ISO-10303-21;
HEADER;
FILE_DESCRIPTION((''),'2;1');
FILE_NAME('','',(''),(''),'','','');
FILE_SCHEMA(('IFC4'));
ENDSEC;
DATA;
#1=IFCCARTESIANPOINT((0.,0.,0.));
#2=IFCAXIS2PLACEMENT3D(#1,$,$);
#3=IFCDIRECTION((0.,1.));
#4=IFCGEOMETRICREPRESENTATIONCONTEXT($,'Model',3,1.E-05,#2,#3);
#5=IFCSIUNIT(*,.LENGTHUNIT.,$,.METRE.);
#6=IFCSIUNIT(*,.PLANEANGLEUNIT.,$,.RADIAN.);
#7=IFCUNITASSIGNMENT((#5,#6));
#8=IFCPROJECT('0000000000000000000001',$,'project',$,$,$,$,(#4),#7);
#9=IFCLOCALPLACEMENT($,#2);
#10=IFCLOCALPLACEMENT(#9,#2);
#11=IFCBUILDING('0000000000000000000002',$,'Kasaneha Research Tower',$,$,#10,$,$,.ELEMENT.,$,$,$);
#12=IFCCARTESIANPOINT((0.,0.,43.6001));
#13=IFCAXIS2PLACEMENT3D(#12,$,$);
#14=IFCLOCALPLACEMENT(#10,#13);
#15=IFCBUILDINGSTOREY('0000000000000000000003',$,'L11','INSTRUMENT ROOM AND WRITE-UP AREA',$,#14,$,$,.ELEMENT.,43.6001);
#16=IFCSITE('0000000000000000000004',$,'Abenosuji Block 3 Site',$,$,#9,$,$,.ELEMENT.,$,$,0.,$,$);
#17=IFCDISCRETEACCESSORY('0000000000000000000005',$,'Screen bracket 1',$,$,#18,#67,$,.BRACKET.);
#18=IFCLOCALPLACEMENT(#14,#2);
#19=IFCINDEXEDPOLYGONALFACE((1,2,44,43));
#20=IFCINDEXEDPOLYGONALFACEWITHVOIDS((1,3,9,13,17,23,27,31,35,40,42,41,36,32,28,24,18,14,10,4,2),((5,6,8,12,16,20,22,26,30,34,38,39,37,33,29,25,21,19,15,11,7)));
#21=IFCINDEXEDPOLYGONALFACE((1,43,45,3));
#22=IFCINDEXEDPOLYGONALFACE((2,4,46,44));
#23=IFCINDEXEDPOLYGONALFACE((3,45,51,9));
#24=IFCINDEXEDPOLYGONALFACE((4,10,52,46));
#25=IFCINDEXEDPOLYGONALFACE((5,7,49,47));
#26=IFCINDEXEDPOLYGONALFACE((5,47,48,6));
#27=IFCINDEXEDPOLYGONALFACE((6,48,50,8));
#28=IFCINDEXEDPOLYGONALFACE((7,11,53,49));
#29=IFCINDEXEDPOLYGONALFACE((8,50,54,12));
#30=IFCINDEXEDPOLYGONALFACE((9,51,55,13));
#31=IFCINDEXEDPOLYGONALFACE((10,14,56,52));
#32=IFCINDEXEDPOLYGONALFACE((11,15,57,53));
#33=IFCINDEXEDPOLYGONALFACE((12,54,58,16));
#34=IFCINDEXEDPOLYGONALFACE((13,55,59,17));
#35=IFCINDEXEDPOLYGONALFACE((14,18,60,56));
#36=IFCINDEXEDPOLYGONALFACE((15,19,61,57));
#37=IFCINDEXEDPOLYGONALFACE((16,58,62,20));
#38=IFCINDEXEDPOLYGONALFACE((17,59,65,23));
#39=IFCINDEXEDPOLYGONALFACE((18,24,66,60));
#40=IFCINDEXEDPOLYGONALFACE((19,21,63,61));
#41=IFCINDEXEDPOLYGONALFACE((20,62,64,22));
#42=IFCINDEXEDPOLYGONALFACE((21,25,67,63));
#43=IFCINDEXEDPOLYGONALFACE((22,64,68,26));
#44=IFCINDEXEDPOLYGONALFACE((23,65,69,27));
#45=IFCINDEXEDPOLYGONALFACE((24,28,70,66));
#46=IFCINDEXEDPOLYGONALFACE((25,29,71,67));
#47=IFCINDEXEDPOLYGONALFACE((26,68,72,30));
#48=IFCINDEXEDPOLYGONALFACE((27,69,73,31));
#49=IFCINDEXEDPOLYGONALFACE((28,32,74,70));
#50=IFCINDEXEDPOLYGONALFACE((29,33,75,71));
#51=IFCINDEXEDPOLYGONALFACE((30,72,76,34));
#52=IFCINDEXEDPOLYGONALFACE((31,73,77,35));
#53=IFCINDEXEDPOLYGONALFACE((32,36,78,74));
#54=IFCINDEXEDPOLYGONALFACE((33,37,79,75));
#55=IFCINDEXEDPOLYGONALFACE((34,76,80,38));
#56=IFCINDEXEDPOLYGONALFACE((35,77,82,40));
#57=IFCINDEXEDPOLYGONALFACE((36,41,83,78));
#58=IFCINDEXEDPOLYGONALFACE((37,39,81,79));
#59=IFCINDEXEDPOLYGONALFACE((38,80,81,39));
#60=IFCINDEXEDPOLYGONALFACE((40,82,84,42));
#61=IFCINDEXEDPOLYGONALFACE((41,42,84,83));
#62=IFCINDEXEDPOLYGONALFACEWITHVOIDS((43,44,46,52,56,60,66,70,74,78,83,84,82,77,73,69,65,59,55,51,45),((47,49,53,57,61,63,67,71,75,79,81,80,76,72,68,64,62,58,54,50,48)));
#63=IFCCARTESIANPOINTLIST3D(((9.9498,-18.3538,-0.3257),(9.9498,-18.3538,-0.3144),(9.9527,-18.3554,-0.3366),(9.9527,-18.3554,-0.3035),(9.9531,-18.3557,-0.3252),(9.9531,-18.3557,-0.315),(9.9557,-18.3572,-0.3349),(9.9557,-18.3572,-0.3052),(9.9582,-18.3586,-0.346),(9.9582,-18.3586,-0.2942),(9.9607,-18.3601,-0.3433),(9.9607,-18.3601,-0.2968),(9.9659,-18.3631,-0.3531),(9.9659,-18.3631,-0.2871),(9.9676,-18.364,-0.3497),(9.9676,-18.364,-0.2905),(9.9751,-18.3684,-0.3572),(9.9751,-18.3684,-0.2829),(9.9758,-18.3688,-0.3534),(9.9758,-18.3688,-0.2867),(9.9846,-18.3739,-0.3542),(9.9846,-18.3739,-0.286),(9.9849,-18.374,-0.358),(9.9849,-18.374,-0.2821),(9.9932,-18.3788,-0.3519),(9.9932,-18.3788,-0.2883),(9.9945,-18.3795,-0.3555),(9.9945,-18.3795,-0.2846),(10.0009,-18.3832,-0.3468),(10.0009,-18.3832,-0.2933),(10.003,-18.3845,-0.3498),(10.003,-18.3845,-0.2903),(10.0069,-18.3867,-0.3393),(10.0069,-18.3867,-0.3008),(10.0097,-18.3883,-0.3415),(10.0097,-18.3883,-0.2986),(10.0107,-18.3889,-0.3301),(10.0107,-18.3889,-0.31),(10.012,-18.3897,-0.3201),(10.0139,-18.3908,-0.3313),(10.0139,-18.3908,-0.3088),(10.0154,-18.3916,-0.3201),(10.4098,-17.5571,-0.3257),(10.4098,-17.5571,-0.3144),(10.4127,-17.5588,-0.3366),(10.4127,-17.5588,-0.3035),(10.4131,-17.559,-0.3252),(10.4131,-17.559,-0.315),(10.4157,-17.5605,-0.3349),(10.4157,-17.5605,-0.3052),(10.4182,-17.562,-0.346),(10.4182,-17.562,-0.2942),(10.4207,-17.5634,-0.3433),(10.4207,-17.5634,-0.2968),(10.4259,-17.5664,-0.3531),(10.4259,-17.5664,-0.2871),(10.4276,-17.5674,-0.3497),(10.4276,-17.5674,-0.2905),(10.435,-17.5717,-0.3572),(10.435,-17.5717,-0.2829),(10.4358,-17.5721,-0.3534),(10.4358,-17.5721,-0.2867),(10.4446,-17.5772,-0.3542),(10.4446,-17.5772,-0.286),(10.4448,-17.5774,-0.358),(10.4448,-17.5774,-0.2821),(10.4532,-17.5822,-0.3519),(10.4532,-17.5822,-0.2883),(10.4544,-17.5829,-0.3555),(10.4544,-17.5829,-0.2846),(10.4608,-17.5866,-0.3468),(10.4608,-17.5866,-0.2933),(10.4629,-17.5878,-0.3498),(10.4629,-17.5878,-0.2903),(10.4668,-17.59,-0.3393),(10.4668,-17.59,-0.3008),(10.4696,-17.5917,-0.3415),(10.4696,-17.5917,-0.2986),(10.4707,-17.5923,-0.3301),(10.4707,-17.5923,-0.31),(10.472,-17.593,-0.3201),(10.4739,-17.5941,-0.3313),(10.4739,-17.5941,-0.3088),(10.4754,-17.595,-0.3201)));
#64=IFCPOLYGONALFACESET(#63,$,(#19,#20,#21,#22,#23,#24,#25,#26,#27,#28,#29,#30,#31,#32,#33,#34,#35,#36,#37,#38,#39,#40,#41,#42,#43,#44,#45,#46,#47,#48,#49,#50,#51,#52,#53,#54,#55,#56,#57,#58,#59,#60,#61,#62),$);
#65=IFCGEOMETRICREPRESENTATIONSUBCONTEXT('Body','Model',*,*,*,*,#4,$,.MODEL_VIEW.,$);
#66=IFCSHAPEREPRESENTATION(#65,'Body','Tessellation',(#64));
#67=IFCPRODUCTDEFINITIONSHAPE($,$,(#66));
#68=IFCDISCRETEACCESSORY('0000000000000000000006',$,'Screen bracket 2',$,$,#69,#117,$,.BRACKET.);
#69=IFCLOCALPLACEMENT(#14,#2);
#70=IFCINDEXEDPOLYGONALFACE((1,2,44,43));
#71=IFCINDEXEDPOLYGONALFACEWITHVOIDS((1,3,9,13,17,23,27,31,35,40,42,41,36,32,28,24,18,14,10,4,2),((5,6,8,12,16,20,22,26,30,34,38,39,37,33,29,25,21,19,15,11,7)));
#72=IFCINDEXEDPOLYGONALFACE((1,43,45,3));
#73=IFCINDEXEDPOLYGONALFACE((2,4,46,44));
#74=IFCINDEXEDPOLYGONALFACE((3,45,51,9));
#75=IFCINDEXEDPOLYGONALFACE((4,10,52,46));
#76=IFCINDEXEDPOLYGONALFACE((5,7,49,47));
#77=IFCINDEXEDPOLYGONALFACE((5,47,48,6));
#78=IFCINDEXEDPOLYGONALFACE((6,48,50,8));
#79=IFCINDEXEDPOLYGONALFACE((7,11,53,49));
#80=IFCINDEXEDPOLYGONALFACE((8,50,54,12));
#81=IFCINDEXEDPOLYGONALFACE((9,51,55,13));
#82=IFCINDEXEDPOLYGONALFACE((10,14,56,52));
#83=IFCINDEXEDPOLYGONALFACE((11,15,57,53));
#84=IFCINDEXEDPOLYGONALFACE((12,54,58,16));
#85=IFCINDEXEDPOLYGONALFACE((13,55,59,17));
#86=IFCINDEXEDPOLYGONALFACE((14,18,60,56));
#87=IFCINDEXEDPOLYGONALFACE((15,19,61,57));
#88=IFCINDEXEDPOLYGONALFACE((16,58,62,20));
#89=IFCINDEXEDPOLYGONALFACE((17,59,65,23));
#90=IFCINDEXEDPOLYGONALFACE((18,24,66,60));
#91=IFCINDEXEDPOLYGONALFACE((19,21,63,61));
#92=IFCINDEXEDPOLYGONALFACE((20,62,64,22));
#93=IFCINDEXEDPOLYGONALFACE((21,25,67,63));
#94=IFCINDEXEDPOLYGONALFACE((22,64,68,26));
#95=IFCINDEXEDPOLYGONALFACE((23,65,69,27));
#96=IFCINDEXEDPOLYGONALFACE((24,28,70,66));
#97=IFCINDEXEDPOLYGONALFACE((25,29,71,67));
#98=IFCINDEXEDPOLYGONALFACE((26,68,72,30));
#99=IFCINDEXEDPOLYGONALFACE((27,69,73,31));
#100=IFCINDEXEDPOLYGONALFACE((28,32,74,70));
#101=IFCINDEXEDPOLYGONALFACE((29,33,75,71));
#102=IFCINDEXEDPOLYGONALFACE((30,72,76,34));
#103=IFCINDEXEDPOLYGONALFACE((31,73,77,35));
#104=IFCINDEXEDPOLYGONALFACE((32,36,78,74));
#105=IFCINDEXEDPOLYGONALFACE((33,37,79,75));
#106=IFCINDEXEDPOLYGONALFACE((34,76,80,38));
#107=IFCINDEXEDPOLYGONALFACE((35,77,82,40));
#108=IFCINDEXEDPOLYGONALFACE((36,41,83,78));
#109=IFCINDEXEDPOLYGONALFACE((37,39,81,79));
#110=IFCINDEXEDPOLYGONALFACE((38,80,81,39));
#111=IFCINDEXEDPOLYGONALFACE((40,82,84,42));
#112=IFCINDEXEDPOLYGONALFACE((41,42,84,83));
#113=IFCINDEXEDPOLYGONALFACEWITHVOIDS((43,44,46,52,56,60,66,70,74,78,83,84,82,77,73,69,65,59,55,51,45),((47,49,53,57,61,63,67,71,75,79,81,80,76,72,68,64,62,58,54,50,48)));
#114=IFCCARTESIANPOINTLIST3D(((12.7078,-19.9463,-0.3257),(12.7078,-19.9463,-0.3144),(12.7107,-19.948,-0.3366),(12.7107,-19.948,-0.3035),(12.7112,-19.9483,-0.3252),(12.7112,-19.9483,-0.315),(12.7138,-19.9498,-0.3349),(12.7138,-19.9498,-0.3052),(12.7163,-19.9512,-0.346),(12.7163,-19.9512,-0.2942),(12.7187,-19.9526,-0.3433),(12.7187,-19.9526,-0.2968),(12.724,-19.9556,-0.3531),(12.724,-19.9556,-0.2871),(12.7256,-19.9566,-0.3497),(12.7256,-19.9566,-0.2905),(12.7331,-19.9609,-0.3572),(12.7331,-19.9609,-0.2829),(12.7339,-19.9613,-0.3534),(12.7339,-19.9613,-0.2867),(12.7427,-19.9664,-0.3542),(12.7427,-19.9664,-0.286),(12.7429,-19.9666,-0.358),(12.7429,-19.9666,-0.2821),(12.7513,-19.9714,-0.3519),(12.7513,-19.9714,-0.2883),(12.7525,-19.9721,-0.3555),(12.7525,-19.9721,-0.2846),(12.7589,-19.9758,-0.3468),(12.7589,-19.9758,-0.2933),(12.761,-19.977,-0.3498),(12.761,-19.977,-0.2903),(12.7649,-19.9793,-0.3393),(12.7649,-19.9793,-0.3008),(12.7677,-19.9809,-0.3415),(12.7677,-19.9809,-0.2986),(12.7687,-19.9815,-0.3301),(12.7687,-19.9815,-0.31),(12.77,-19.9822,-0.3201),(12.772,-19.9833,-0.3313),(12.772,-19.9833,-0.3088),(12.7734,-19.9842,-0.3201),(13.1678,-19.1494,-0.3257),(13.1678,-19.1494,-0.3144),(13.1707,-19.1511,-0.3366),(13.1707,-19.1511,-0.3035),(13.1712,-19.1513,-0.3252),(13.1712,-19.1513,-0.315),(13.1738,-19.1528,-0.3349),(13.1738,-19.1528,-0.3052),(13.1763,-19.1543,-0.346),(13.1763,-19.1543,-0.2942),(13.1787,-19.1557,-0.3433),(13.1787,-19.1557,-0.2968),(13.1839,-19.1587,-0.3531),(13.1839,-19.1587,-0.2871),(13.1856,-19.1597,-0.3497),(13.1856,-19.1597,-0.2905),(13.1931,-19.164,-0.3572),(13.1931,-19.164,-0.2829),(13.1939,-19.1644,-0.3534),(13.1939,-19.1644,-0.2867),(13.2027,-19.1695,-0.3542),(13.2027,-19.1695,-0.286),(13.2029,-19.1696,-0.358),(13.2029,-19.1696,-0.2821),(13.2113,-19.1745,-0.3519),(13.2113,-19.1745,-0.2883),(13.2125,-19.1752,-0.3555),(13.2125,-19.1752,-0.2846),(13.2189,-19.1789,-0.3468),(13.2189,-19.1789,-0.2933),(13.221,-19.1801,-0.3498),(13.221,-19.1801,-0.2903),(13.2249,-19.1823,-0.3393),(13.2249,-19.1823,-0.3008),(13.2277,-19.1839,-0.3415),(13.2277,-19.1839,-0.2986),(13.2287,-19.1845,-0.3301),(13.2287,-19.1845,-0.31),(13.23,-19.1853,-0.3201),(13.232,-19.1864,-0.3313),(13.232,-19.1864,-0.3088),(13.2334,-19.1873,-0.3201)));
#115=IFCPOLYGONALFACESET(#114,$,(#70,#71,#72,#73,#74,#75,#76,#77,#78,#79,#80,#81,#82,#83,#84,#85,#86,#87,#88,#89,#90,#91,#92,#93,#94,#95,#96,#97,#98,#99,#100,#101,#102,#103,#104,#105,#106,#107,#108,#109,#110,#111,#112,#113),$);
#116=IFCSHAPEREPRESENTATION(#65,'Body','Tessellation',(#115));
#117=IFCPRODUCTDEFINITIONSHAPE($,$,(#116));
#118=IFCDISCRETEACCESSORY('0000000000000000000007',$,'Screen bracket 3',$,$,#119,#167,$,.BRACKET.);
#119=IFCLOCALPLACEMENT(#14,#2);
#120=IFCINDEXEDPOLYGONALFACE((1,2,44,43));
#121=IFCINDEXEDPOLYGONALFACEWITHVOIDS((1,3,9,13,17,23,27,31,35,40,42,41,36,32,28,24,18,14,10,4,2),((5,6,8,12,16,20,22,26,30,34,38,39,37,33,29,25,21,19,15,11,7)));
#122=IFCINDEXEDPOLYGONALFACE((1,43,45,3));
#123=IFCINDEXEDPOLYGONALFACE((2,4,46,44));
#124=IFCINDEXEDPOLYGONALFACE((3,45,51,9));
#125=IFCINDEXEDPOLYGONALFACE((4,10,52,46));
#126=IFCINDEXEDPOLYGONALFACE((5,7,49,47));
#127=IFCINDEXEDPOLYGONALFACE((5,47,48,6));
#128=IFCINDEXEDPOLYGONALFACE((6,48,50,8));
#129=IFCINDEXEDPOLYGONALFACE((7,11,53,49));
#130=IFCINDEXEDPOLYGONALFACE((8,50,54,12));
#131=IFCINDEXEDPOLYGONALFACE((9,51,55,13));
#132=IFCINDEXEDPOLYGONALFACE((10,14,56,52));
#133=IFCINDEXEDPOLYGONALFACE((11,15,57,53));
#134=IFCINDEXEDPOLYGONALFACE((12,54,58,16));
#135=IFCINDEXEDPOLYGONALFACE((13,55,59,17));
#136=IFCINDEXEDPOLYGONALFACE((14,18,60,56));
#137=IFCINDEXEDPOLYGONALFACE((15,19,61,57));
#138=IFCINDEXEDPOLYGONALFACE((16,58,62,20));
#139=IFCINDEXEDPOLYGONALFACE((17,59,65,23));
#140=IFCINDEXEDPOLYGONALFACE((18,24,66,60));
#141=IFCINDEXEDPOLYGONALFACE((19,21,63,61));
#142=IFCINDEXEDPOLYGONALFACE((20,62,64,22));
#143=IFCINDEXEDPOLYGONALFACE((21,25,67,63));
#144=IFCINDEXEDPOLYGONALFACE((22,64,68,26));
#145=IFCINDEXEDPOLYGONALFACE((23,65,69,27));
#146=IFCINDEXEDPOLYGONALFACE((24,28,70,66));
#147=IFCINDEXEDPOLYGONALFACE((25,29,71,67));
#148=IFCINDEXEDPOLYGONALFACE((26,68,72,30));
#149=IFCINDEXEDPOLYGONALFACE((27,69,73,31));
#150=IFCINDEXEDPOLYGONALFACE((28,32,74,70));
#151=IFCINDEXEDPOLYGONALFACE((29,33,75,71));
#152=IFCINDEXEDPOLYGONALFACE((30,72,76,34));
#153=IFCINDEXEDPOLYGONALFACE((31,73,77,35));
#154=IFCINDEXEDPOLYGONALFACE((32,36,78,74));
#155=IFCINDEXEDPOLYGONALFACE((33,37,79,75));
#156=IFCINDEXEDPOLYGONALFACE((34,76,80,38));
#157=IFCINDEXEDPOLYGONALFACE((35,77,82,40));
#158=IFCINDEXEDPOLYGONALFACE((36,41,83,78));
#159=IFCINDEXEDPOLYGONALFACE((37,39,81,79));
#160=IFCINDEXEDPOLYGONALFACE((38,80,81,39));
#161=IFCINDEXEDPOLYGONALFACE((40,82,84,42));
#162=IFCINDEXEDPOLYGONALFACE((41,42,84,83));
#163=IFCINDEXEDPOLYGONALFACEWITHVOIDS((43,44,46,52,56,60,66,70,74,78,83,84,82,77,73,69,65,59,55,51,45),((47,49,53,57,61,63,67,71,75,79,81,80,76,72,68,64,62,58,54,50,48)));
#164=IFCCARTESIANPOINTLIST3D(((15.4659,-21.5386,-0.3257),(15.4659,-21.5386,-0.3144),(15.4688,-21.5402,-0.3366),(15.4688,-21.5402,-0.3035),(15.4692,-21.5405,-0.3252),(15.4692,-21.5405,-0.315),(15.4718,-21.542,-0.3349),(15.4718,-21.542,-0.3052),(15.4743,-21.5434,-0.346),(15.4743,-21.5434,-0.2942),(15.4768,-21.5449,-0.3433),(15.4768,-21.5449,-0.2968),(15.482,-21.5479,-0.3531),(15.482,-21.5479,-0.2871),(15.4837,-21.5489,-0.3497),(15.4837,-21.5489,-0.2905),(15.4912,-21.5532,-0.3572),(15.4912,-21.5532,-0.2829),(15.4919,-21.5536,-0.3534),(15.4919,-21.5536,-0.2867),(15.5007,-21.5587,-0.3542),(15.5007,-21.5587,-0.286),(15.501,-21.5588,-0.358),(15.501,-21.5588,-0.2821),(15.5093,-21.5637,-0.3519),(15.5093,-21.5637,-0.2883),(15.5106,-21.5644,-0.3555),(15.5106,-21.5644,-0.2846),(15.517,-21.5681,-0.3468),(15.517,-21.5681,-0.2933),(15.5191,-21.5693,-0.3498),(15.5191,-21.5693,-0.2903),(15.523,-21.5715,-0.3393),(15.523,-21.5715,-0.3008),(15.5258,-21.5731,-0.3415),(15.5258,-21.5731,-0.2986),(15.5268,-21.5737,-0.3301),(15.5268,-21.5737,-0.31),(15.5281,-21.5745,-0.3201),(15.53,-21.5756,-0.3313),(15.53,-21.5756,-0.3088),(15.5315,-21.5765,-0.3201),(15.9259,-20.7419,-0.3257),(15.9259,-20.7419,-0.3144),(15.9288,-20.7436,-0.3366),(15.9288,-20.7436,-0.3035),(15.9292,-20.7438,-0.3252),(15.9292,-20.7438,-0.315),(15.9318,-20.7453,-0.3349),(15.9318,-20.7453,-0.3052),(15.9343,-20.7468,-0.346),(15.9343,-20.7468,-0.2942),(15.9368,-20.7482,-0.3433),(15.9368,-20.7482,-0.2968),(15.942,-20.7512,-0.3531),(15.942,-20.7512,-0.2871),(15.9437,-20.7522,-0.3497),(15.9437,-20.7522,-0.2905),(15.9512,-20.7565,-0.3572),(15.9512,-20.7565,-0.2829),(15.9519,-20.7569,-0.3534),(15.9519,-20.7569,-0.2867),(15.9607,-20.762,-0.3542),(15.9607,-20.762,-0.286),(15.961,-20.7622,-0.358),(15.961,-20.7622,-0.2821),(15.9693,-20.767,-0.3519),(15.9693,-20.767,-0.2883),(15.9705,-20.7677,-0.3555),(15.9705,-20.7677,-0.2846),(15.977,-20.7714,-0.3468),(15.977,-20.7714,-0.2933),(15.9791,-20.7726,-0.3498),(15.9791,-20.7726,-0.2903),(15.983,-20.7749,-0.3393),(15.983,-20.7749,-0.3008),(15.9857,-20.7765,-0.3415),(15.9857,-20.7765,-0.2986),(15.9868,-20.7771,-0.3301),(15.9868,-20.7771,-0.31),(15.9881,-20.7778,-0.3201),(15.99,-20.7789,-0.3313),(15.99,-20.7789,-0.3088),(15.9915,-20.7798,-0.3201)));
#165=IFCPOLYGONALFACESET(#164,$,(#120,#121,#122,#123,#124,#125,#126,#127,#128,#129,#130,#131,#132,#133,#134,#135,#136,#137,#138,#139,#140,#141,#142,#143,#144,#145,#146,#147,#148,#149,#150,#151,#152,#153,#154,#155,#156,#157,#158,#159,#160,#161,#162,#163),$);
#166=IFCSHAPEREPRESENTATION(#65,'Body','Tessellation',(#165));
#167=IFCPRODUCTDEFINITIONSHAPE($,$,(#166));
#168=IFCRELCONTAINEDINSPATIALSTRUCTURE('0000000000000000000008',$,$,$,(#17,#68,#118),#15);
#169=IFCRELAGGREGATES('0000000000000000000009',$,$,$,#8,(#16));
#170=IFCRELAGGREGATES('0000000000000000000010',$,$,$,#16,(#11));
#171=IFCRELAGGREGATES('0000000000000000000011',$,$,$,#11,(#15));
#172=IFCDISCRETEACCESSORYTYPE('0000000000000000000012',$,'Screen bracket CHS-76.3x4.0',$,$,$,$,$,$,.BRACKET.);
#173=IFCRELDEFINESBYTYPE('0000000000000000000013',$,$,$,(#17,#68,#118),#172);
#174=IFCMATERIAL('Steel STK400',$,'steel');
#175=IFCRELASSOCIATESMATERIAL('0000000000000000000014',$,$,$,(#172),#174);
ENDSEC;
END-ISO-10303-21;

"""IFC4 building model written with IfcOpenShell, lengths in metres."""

from ifc_helpers import new_model, si_unit, direction, frame, origin, origin_2d, place, context, subcontext, project, spatial, hollow_circle, extrude, material, material_profile, profile_set, type_object, element, save


model = new_model("IFC4")

# Units and contexts
model_context = context("Model", 3, precision=1e-05, world=origin(), true_north=direction((0.0, 1.0)))
body_context = subcontext(model_context, "Body", "Model", "MODEL_VIEW")
ifc_project = project(units=[si_unit("LENGTHUNIT", "METRE"), si_unit("PLANEANGLEUNIT", "RADIAN")], contexts=[model_context])

# Site, building, storey
site_placement = place(None, origin())
site = spatial("IfcSite", under=ifc_project, at=site_placement, Name="Abenosuji Block 3 Site", CompositionType="ELEMENT", RefElevation=0.0)
building_placement = place(site_placement, origin())
building = spatial("IfcBuilding", under=site, at=building_placement, Name="Kasaneha Research Tower", CompositionType="ELEMENT")
storey_placement = place(building_placement, frame((0.0, 0.0, 43.6001)))
storey = spatial("IfcBuildingStorey", under=building, at=storey_placement, Name="L11", Description="INSTRUMENT ROOM AND WRITE-UP AREA", CompositionType="ELEMENT", Elevation=43.6001)

# Discrete accessories
ifc_material_1 = material(Name="Steel STK400", Category="steel")
ifc_material_profile_1 = material_profile(ifc_material_1, hollow_circle(Radius=0.0381, WallThickness=0.0039, at=origin_2d()), Name="CHS-76.3x4.0")
ifc_profile_set_1 = profile_set([ifc_material_profile_1], Name="Steel STK400")
discrete_accessory_type = type_object("IfcDiscreteAccessoryType", Name="Screen bracket CHS-76.3x4.0", PredefinedType="BRACKET", material=ifc_profile_set_1)
for number, where, z_axis, x_axis, name in (
    (1, (10.4424, -17.5759, -0.3201), (-0.500021, -0.866013, 0.0), (0.866013, -0.500021, 0.0), "Screen bracket 1"),
):
    element("IfcDiscreteAccessory", number, at=place(storey_placement, frame(where, z_axis=z_axis, x_axis=x_axis)), inside=storey, type_object=discrete_accessory_type, Name=name, PredefinedType="BRACKET", context=body_context, shape_type="SweptSolid", body=[
        extrude(hollow_circle(Radius=0.0381, WallThickness=0.0039, at=origin_2d()), origin(), (0.0, 0.0, 1.0), 0.9199),
    ])
discrete_accessory_1_placement = place(storey_placement, frame((13.2004, -19.1682, -0.3201), z_axis=(-0.499906, -0.86608, 0.0), x_axis=(0.86608, -0.499906, 0.0)))
element("IfcDiscreteAccessory", 2, at=discrete_accessory_1_placement, inside=storey, type_object=discrete_accessory_type, Name="Screen bracket 2", PredefinedType="BRACKET", context=body_context, shape_type="SweptSolid", body=[
    extrude(hollow_circle(Radius=0.0381, WallThickness=0.0039, at=origin_2d()), origin(), (0.0, 0.0, 1.0), 0.9202),
])
discrete_accessory_2_placement = place(storey_placement, frame((15.9585, -20.7607, -0.3201), z_axis=(-0.500021, -0.866013, 0.0), x_axis=(0.866013, -0.500021, 0.0)))
element("IfcDiscreteAccessory", 3, at=discrete_accessory_2_placement, inside=storey, type_object=discrete_accessory_type, Name="Screen bracket 3", PredefinedType="BRACKET", context=body_context, shape_type="SweptSolid", body=[
    extrude(hollow_circle(Radius=0.0381, WallThickness=0.0039, at=origin_2d()), origin(), (0.0, 0.0, 1.0), 0.9199),
])

save(model, "model.ifc")
